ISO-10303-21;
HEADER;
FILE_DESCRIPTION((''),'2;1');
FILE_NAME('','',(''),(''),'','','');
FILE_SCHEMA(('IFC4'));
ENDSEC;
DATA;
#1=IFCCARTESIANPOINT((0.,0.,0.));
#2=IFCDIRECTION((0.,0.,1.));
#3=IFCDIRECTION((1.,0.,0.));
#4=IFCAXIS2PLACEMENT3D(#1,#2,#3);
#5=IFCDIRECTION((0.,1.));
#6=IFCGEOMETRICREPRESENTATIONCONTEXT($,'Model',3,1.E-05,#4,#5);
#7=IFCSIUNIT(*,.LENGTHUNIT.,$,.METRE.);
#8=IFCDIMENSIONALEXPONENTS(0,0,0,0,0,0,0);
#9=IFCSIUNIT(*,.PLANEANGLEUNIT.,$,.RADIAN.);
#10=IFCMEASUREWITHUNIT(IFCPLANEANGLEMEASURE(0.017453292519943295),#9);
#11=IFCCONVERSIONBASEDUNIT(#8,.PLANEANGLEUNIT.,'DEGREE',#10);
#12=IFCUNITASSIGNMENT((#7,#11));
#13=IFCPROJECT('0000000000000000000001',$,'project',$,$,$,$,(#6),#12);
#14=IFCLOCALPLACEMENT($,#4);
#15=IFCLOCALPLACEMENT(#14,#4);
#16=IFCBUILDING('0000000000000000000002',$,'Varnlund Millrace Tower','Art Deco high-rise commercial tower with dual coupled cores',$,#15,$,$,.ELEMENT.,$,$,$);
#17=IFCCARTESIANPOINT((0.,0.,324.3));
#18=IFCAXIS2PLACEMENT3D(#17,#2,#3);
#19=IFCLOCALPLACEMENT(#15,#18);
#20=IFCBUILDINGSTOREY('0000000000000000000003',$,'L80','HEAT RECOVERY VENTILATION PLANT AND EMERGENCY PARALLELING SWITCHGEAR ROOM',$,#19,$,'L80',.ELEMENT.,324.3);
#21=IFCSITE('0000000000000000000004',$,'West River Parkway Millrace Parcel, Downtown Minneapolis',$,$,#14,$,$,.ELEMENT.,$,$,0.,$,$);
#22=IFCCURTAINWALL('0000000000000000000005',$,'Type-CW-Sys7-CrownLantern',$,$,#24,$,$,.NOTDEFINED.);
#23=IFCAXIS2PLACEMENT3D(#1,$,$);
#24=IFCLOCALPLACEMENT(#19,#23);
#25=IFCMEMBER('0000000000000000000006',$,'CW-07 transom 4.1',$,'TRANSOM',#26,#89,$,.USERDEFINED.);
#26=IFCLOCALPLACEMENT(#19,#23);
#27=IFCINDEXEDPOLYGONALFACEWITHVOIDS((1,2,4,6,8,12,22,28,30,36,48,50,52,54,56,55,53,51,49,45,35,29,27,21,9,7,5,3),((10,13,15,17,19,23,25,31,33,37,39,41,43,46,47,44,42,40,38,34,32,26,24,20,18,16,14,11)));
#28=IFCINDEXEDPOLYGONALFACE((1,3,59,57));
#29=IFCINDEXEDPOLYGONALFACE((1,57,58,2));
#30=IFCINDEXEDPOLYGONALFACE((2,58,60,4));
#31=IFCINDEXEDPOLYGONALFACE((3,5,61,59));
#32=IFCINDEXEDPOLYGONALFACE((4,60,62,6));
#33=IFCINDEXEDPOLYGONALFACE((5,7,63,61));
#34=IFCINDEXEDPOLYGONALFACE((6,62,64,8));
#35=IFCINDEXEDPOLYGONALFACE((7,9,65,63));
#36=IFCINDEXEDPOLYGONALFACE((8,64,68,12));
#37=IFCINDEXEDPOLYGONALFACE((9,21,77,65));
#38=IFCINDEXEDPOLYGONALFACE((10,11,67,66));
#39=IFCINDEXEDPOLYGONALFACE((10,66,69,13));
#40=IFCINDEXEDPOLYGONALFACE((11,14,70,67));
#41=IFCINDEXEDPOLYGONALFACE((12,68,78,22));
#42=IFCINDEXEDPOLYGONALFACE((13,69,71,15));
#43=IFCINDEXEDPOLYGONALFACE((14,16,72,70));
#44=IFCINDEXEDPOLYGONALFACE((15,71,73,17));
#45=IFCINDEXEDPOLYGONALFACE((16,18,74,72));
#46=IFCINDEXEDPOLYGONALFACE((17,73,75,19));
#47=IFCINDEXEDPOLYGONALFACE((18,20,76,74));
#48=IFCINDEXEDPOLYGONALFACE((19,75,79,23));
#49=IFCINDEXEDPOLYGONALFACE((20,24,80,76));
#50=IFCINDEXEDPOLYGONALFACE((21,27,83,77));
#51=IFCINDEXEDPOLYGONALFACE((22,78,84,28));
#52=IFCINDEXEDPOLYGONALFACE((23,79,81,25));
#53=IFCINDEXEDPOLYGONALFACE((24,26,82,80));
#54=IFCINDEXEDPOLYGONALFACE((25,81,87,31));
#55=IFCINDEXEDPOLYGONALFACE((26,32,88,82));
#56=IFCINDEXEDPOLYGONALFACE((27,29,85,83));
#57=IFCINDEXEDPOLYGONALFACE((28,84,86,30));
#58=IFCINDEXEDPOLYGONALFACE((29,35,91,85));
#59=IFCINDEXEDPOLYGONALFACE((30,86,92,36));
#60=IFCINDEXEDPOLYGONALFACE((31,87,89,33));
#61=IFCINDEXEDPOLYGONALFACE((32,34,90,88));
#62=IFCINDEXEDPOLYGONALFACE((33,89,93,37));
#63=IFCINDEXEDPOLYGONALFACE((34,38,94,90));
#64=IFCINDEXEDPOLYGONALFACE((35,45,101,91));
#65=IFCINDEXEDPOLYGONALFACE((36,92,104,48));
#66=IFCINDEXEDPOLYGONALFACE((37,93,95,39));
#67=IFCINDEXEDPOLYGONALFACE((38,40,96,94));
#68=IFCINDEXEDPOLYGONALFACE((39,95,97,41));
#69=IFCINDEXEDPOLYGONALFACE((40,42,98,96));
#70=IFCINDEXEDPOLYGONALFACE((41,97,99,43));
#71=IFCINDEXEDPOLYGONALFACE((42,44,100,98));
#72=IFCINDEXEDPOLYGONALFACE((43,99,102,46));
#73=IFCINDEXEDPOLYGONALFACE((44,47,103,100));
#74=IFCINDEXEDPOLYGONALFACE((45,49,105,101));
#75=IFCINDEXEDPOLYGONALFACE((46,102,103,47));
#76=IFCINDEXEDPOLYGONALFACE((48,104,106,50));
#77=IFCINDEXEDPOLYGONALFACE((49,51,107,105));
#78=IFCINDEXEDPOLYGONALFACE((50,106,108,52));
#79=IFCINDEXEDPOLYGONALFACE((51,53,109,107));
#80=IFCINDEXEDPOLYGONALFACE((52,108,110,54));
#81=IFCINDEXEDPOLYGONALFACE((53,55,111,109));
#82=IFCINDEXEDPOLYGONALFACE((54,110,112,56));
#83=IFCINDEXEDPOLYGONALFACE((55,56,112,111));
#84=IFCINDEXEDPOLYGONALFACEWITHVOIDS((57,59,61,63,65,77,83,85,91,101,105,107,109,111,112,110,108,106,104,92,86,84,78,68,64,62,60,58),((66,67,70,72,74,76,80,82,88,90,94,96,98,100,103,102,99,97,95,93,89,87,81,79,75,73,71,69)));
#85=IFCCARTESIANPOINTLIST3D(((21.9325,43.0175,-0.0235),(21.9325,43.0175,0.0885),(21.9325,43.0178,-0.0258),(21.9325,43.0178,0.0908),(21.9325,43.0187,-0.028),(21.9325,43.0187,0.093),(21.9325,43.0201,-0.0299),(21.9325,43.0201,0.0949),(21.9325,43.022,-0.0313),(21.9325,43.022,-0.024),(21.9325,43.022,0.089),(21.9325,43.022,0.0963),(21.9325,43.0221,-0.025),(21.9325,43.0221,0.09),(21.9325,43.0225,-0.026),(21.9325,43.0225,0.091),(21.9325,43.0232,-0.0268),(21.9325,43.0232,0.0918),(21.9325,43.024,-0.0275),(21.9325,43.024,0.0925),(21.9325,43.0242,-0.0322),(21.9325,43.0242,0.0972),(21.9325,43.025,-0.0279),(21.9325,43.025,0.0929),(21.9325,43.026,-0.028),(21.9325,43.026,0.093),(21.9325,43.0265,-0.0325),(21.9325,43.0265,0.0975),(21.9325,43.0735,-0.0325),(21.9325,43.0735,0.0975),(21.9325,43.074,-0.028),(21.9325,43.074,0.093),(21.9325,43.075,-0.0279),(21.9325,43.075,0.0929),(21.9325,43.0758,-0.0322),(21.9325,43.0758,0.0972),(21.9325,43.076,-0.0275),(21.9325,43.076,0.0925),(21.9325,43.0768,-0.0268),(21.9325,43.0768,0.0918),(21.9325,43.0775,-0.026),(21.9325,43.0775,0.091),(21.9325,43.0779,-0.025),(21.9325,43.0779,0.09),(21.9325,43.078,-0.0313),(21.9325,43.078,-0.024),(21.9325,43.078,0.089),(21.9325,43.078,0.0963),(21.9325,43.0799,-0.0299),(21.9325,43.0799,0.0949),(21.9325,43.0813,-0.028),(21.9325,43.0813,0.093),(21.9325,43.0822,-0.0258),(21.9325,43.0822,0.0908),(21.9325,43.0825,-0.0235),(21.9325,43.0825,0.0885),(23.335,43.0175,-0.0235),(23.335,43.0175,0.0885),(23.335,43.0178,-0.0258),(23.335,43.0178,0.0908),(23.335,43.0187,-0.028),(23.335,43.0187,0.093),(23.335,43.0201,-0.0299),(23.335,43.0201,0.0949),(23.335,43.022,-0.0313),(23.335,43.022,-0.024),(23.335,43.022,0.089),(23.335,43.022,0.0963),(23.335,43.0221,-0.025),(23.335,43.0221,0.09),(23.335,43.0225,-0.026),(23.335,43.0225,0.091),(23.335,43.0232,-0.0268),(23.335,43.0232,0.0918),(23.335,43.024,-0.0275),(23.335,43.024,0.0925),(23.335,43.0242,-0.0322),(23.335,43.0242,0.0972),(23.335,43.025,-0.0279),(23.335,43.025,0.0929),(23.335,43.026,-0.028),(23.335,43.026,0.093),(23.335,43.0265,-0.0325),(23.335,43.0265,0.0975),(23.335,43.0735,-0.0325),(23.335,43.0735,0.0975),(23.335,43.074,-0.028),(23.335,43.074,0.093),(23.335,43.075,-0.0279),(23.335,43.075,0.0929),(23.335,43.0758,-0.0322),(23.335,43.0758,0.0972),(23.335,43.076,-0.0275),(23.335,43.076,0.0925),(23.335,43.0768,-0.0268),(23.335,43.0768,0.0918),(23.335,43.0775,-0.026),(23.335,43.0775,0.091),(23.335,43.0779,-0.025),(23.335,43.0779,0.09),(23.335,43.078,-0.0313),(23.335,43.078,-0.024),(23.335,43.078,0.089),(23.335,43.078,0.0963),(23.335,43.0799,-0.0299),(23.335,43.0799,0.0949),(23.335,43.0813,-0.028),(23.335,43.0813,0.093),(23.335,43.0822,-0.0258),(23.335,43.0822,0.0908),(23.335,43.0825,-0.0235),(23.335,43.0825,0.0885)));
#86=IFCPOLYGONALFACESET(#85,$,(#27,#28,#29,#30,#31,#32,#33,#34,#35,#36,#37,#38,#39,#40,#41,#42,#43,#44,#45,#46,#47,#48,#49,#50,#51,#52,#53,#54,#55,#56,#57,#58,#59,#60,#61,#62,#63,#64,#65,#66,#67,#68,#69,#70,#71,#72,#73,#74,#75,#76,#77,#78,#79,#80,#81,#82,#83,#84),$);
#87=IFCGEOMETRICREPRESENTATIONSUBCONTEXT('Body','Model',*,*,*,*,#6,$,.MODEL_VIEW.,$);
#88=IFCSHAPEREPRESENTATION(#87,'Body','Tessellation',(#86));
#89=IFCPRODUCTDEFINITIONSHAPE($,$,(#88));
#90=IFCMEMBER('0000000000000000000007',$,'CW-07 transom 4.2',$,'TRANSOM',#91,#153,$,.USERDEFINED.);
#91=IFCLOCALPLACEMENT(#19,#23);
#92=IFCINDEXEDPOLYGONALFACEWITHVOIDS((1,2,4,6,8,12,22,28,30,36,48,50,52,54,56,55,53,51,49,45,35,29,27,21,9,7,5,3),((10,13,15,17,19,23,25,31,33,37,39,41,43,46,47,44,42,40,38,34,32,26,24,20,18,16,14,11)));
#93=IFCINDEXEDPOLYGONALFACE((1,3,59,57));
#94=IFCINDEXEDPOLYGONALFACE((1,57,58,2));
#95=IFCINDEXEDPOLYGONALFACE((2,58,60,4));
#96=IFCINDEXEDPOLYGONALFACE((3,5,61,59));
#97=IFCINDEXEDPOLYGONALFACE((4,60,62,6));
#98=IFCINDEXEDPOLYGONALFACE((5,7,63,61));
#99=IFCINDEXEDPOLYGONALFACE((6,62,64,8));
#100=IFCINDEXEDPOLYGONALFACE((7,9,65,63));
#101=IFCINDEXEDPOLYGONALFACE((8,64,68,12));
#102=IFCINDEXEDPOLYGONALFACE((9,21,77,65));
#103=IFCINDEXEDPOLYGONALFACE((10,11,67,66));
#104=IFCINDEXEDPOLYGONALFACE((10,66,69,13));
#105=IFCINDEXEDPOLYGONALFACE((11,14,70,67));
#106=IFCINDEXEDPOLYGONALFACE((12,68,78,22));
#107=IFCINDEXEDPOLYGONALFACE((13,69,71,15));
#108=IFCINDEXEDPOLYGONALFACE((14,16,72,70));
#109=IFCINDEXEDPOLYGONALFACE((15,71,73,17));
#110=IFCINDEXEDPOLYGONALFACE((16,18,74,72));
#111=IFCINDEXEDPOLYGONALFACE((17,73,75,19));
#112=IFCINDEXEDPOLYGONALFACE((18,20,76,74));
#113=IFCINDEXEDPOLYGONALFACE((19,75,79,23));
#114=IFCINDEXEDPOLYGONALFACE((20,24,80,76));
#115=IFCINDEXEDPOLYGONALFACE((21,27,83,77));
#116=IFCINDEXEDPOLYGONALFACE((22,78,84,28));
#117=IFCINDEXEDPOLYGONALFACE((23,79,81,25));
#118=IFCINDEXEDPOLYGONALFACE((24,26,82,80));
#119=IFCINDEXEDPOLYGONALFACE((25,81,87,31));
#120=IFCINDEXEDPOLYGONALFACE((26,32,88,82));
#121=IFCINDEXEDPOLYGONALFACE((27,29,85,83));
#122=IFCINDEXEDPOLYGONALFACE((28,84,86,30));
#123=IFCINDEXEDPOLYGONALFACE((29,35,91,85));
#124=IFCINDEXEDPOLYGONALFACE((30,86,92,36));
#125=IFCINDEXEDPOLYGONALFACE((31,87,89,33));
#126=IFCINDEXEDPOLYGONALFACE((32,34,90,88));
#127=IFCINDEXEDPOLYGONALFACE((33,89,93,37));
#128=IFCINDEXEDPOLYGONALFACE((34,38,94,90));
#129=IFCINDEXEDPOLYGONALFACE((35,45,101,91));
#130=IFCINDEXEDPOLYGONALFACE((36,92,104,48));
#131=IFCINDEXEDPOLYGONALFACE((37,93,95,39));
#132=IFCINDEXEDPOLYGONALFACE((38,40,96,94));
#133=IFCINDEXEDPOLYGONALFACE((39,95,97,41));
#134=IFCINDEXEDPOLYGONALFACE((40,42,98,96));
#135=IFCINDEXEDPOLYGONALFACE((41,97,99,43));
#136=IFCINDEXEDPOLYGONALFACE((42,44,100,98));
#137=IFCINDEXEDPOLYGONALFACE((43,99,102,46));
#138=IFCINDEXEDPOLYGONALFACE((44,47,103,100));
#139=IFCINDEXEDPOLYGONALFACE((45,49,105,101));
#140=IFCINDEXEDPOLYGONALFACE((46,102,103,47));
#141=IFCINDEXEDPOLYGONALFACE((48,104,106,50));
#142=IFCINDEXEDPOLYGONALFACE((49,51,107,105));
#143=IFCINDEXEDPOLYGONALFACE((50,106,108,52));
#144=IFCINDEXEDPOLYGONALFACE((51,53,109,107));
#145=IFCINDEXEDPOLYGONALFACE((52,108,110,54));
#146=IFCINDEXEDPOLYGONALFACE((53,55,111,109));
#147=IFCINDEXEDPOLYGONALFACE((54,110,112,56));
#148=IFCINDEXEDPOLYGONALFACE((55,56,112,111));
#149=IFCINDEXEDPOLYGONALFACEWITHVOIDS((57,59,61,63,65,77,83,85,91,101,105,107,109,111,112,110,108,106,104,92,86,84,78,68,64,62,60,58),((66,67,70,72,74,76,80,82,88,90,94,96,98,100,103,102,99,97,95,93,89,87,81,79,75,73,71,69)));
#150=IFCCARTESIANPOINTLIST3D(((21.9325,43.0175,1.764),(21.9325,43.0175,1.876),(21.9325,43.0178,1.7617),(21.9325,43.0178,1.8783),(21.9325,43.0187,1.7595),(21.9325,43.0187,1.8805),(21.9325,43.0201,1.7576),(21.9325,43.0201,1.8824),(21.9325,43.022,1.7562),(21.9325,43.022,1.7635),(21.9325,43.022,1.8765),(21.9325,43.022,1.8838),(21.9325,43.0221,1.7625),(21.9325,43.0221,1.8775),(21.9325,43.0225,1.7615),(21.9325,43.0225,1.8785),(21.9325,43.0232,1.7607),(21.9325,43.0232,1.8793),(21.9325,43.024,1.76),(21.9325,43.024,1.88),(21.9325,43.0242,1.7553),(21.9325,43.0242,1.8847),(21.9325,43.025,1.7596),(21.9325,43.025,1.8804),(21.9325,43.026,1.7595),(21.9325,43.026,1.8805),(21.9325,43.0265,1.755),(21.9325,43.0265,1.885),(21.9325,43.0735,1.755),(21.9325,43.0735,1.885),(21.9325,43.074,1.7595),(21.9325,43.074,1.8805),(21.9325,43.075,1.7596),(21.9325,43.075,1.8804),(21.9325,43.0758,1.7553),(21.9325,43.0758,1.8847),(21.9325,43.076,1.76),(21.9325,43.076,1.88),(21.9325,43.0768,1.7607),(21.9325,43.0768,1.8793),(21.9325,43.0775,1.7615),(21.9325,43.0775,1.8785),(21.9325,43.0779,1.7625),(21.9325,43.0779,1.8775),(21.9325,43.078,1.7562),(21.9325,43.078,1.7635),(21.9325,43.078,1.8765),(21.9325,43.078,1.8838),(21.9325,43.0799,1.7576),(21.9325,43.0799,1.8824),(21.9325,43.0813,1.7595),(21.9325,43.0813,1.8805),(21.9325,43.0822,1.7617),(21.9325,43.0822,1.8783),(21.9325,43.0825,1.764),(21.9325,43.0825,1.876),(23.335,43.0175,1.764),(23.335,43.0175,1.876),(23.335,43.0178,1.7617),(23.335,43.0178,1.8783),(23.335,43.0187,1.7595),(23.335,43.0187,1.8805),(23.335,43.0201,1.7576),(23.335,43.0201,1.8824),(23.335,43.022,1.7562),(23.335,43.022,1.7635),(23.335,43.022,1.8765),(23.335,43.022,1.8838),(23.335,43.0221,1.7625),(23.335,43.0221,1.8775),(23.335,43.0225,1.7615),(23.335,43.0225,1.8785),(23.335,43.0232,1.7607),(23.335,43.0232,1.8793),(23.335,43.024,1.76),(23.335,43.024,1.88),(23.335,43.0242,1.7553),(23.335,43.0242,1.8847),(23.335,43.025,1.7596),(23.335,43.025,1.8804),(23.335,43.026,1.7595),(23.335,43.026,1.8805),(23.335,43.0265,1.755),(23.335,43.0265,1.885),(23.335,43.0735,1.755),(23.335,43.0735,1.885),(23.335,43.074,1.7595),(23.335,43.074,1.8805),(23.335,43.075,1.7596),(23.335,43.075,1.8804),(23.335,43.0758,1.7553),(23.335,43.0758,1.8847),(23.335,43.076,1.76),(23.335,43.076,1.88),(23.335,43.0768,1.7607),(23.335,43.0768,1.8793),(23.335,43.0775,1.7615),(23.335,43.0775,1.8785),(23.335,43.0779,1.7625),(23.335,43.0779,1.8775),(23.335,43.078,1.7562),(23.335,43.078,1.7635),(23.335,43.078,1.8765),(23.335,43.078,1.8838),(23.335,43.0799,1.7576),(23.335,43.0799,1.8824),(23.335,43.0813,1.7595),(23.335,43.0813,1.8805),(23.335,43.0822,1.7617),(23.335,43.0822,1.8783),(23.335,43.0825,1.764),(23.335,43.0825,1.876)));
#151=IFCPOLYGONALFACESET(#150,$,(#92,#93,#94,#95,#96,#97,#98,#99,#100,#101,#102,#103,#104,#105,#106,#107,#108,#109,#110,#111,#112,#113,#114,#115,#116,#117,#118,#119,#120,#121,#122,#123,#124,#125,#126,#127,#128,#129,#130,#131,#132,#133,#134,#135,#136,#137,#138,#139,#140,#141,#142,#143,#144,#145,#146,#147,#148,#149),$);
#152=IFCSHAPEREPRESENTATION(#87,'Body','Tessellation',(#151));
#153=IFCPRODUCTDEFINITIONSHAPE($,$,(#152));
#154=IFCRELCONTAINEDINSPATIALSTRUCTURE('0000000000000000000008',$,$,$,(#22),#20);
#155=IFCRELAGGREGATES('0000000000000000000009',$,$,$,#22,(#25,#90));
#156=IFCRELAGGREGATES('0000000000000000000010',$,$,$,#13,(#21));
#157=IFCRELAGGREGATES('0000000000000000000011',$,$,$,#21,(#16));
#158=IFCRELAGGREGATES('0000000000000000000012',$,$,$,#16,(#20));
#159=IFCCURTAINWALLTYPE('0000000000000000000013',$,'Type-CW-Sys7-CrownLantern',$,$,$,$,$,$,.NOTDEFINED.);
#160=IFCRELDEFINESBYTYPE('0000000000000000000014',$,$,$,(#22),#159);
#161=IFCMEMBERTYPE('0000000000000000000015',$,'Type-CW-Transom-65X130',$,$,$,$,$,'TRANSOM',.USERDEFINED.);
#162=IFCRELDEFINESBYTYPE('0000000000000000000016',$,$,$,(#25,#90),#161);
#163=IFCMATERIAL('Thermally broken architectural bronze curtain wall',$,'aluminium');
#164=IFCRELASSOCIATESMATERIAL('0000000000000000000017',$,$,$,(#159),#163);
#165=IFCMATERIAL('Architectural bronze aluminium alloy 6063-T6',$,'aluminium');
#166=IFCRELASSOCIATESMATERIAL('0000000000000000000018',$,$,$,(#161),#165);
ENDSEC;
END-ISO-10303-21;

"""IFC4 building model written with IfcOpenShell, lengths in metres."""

from ifc_helpers import new_model, entity, si_unit, converted_unit, direction, frame, origin_with_axes, origin_2d_with_axis, place, context, subcontext, project, spatial, hollow_rectangle, extrude, material, material_profile, profile_set, type_object, element, aggregate, save


model = new_model("IFC4")

# Units and contexts
model_context = context("Model", 3, precision=1e-05, world=origin_with_axes(), true_north=direction((0.0, 1.0)))
body_context = subcontext(model_context, "Body", "Model", "MODEL_VIEW")
ifc_project = project(units=[si_unit("LENGTHUNIT", "METRE"), converted_unit("PLANEANGLEUNIT", "DEGREE", entity("IfcPlaneAngleMeasure", 0.017453292519943295), si_unit("PLANEANGLEUNIT", "RADIAN"), dimensions=[0, 0, 0, 0, 0, 0, 0])], contexts=[model_context])

# Site, building, storey
site_placement = place(None, origin_with_axes())
site = spatial("IfcSite", under=ifc_project, at=site_placement, Name="West River Parkway Millrace Parcel, Downtown Minneapolis", CompositionType="ELEMENT", RefElevation=0.0)
building_placement = place(site_placement, origin_with_axes())
building = spatial("IfcBuilding", under=site, at=building_placement, Name="Varnlund Millrace Tower", Description="Art Deco high-rise commercial tower with dual coupled cores", CompositionType="ELEMENT")
storey_placement = place(building_placement, frame((0.0, 0.0, 324.3), z_axis=(0.0, 0.0, 1.0), x_axis=(1.0, 0.0, 0.0)))
storey = spatial("IfcBuildingStorey", under=building, at=storey_placement, Name="L80", Description="HEAT RECOVERY VENTILATION PLANT AND EMERGENCY PARALLELING SWITCHGEAR ROOM", LongName="L80", CompositionType="ELEMENT", Elevation=324.3)

# Curtain wall, members
ifc_material_1 = material(Name="Thermally broken architectural bronze curtain wall", Category="aluminium")
curtain_wall_type = type_object("IfcCurtainWallType", Name="Type-CW-Sys7-CrownLantern", PredefinedType="NOTDEFINED", material=ifc_material_1)
ifc_material_2 = material(Name="Architectural bronze aluminium alloy 6063-T6", Category="aluminium")
ifc_material_profile_1 = material_profile(ifc_material_2, hollow_rectangle(XDim=0.065, YDim=0.13, WallThickness=0.0045, InnerFilletRadius=0.004, OuterFilletRadius=0.009, at=origin_2d_with_axis()), Name="Architectural bronze aluminium alloy 6063-T6")
ifc_profile_set_1 = profile_set([ifc_material_profile_1], Name="Architectural bronze aluminium alloy 6063-T6")
member_type = type_object("IfcMemberType", Name="Type-CW-Transom-65X130", ElementType="TRANSOM", PredefinedType="USERDEFINED", material=ifc_profile_set_1)
curtain_wall_1_placement = place(storey_placement, frame((17.4, 43.05, 0.0), z_axis=(0.0, 0.0, 1.0), x_axis=(1.0, 0.0, 0.0)))
curtain_wall_1 = element("IfcCurtainWall", 1, at=curtain_wall_1_placement, inside=storey, type_object=curtain_wall_type, Name="Type-CW-Sys7-CrownLantern", PredefinedType="NOTDEFINED")
member_1_placement = place(storey_placement, frame((21.9325, 43.05, 0.0325), z_axis=(1.0, 0.0, 0.0), x_axis=(0.0, 1.0, 0.0)))
member_1 = element("IfcMember", 2, at=member_1_placement, type_object=member_type, Name="CW-07 transom 4.1", ObjectType="TRANSOM", PredefinedType="USERDEFINED", context=body_context, shape_type="SweptSolid", body=[
    extrude(hollow_rectangle(XDim=0.065, YDim=0.13, WallThickness=0.0045, InnerFilletRadius=0.004, OuterFilletRadius=0.009, at=origin_2d_with_axis()), origin_with_axes(), (0.0, 0.0, 1.0), 1.4025),
])
member_2_placement = place(storey_placement, frame((21.9325, 43.05, 1.82), z_axis=(1.0, 0.0, 0.0), x_axis=(0.0, 1.0, 0.0)))
member_2 = element("IfcMember", 3, at=member_2_placement, type_object=member_type, Name="CW-07 transom 4.2", ObjectType="TRANSOM", PredefinedType="USERDEFINED", context=body_context, shape_type="SweptSolid", body=[
    extrude(hollow_rectangle(XDim=0.065, YDim=0.13, WallThickness=0.0045, InnerFilletRadius=0.004, OuterFilletRadius=0.009, at=origin_2d_with_axis()), origin_with_axes(), (0.0, 0.0, 1.0), 1.4025),
])

aggregate(curtain_wall_1, [member_1, member_2])

save(model, "model.ifc")
